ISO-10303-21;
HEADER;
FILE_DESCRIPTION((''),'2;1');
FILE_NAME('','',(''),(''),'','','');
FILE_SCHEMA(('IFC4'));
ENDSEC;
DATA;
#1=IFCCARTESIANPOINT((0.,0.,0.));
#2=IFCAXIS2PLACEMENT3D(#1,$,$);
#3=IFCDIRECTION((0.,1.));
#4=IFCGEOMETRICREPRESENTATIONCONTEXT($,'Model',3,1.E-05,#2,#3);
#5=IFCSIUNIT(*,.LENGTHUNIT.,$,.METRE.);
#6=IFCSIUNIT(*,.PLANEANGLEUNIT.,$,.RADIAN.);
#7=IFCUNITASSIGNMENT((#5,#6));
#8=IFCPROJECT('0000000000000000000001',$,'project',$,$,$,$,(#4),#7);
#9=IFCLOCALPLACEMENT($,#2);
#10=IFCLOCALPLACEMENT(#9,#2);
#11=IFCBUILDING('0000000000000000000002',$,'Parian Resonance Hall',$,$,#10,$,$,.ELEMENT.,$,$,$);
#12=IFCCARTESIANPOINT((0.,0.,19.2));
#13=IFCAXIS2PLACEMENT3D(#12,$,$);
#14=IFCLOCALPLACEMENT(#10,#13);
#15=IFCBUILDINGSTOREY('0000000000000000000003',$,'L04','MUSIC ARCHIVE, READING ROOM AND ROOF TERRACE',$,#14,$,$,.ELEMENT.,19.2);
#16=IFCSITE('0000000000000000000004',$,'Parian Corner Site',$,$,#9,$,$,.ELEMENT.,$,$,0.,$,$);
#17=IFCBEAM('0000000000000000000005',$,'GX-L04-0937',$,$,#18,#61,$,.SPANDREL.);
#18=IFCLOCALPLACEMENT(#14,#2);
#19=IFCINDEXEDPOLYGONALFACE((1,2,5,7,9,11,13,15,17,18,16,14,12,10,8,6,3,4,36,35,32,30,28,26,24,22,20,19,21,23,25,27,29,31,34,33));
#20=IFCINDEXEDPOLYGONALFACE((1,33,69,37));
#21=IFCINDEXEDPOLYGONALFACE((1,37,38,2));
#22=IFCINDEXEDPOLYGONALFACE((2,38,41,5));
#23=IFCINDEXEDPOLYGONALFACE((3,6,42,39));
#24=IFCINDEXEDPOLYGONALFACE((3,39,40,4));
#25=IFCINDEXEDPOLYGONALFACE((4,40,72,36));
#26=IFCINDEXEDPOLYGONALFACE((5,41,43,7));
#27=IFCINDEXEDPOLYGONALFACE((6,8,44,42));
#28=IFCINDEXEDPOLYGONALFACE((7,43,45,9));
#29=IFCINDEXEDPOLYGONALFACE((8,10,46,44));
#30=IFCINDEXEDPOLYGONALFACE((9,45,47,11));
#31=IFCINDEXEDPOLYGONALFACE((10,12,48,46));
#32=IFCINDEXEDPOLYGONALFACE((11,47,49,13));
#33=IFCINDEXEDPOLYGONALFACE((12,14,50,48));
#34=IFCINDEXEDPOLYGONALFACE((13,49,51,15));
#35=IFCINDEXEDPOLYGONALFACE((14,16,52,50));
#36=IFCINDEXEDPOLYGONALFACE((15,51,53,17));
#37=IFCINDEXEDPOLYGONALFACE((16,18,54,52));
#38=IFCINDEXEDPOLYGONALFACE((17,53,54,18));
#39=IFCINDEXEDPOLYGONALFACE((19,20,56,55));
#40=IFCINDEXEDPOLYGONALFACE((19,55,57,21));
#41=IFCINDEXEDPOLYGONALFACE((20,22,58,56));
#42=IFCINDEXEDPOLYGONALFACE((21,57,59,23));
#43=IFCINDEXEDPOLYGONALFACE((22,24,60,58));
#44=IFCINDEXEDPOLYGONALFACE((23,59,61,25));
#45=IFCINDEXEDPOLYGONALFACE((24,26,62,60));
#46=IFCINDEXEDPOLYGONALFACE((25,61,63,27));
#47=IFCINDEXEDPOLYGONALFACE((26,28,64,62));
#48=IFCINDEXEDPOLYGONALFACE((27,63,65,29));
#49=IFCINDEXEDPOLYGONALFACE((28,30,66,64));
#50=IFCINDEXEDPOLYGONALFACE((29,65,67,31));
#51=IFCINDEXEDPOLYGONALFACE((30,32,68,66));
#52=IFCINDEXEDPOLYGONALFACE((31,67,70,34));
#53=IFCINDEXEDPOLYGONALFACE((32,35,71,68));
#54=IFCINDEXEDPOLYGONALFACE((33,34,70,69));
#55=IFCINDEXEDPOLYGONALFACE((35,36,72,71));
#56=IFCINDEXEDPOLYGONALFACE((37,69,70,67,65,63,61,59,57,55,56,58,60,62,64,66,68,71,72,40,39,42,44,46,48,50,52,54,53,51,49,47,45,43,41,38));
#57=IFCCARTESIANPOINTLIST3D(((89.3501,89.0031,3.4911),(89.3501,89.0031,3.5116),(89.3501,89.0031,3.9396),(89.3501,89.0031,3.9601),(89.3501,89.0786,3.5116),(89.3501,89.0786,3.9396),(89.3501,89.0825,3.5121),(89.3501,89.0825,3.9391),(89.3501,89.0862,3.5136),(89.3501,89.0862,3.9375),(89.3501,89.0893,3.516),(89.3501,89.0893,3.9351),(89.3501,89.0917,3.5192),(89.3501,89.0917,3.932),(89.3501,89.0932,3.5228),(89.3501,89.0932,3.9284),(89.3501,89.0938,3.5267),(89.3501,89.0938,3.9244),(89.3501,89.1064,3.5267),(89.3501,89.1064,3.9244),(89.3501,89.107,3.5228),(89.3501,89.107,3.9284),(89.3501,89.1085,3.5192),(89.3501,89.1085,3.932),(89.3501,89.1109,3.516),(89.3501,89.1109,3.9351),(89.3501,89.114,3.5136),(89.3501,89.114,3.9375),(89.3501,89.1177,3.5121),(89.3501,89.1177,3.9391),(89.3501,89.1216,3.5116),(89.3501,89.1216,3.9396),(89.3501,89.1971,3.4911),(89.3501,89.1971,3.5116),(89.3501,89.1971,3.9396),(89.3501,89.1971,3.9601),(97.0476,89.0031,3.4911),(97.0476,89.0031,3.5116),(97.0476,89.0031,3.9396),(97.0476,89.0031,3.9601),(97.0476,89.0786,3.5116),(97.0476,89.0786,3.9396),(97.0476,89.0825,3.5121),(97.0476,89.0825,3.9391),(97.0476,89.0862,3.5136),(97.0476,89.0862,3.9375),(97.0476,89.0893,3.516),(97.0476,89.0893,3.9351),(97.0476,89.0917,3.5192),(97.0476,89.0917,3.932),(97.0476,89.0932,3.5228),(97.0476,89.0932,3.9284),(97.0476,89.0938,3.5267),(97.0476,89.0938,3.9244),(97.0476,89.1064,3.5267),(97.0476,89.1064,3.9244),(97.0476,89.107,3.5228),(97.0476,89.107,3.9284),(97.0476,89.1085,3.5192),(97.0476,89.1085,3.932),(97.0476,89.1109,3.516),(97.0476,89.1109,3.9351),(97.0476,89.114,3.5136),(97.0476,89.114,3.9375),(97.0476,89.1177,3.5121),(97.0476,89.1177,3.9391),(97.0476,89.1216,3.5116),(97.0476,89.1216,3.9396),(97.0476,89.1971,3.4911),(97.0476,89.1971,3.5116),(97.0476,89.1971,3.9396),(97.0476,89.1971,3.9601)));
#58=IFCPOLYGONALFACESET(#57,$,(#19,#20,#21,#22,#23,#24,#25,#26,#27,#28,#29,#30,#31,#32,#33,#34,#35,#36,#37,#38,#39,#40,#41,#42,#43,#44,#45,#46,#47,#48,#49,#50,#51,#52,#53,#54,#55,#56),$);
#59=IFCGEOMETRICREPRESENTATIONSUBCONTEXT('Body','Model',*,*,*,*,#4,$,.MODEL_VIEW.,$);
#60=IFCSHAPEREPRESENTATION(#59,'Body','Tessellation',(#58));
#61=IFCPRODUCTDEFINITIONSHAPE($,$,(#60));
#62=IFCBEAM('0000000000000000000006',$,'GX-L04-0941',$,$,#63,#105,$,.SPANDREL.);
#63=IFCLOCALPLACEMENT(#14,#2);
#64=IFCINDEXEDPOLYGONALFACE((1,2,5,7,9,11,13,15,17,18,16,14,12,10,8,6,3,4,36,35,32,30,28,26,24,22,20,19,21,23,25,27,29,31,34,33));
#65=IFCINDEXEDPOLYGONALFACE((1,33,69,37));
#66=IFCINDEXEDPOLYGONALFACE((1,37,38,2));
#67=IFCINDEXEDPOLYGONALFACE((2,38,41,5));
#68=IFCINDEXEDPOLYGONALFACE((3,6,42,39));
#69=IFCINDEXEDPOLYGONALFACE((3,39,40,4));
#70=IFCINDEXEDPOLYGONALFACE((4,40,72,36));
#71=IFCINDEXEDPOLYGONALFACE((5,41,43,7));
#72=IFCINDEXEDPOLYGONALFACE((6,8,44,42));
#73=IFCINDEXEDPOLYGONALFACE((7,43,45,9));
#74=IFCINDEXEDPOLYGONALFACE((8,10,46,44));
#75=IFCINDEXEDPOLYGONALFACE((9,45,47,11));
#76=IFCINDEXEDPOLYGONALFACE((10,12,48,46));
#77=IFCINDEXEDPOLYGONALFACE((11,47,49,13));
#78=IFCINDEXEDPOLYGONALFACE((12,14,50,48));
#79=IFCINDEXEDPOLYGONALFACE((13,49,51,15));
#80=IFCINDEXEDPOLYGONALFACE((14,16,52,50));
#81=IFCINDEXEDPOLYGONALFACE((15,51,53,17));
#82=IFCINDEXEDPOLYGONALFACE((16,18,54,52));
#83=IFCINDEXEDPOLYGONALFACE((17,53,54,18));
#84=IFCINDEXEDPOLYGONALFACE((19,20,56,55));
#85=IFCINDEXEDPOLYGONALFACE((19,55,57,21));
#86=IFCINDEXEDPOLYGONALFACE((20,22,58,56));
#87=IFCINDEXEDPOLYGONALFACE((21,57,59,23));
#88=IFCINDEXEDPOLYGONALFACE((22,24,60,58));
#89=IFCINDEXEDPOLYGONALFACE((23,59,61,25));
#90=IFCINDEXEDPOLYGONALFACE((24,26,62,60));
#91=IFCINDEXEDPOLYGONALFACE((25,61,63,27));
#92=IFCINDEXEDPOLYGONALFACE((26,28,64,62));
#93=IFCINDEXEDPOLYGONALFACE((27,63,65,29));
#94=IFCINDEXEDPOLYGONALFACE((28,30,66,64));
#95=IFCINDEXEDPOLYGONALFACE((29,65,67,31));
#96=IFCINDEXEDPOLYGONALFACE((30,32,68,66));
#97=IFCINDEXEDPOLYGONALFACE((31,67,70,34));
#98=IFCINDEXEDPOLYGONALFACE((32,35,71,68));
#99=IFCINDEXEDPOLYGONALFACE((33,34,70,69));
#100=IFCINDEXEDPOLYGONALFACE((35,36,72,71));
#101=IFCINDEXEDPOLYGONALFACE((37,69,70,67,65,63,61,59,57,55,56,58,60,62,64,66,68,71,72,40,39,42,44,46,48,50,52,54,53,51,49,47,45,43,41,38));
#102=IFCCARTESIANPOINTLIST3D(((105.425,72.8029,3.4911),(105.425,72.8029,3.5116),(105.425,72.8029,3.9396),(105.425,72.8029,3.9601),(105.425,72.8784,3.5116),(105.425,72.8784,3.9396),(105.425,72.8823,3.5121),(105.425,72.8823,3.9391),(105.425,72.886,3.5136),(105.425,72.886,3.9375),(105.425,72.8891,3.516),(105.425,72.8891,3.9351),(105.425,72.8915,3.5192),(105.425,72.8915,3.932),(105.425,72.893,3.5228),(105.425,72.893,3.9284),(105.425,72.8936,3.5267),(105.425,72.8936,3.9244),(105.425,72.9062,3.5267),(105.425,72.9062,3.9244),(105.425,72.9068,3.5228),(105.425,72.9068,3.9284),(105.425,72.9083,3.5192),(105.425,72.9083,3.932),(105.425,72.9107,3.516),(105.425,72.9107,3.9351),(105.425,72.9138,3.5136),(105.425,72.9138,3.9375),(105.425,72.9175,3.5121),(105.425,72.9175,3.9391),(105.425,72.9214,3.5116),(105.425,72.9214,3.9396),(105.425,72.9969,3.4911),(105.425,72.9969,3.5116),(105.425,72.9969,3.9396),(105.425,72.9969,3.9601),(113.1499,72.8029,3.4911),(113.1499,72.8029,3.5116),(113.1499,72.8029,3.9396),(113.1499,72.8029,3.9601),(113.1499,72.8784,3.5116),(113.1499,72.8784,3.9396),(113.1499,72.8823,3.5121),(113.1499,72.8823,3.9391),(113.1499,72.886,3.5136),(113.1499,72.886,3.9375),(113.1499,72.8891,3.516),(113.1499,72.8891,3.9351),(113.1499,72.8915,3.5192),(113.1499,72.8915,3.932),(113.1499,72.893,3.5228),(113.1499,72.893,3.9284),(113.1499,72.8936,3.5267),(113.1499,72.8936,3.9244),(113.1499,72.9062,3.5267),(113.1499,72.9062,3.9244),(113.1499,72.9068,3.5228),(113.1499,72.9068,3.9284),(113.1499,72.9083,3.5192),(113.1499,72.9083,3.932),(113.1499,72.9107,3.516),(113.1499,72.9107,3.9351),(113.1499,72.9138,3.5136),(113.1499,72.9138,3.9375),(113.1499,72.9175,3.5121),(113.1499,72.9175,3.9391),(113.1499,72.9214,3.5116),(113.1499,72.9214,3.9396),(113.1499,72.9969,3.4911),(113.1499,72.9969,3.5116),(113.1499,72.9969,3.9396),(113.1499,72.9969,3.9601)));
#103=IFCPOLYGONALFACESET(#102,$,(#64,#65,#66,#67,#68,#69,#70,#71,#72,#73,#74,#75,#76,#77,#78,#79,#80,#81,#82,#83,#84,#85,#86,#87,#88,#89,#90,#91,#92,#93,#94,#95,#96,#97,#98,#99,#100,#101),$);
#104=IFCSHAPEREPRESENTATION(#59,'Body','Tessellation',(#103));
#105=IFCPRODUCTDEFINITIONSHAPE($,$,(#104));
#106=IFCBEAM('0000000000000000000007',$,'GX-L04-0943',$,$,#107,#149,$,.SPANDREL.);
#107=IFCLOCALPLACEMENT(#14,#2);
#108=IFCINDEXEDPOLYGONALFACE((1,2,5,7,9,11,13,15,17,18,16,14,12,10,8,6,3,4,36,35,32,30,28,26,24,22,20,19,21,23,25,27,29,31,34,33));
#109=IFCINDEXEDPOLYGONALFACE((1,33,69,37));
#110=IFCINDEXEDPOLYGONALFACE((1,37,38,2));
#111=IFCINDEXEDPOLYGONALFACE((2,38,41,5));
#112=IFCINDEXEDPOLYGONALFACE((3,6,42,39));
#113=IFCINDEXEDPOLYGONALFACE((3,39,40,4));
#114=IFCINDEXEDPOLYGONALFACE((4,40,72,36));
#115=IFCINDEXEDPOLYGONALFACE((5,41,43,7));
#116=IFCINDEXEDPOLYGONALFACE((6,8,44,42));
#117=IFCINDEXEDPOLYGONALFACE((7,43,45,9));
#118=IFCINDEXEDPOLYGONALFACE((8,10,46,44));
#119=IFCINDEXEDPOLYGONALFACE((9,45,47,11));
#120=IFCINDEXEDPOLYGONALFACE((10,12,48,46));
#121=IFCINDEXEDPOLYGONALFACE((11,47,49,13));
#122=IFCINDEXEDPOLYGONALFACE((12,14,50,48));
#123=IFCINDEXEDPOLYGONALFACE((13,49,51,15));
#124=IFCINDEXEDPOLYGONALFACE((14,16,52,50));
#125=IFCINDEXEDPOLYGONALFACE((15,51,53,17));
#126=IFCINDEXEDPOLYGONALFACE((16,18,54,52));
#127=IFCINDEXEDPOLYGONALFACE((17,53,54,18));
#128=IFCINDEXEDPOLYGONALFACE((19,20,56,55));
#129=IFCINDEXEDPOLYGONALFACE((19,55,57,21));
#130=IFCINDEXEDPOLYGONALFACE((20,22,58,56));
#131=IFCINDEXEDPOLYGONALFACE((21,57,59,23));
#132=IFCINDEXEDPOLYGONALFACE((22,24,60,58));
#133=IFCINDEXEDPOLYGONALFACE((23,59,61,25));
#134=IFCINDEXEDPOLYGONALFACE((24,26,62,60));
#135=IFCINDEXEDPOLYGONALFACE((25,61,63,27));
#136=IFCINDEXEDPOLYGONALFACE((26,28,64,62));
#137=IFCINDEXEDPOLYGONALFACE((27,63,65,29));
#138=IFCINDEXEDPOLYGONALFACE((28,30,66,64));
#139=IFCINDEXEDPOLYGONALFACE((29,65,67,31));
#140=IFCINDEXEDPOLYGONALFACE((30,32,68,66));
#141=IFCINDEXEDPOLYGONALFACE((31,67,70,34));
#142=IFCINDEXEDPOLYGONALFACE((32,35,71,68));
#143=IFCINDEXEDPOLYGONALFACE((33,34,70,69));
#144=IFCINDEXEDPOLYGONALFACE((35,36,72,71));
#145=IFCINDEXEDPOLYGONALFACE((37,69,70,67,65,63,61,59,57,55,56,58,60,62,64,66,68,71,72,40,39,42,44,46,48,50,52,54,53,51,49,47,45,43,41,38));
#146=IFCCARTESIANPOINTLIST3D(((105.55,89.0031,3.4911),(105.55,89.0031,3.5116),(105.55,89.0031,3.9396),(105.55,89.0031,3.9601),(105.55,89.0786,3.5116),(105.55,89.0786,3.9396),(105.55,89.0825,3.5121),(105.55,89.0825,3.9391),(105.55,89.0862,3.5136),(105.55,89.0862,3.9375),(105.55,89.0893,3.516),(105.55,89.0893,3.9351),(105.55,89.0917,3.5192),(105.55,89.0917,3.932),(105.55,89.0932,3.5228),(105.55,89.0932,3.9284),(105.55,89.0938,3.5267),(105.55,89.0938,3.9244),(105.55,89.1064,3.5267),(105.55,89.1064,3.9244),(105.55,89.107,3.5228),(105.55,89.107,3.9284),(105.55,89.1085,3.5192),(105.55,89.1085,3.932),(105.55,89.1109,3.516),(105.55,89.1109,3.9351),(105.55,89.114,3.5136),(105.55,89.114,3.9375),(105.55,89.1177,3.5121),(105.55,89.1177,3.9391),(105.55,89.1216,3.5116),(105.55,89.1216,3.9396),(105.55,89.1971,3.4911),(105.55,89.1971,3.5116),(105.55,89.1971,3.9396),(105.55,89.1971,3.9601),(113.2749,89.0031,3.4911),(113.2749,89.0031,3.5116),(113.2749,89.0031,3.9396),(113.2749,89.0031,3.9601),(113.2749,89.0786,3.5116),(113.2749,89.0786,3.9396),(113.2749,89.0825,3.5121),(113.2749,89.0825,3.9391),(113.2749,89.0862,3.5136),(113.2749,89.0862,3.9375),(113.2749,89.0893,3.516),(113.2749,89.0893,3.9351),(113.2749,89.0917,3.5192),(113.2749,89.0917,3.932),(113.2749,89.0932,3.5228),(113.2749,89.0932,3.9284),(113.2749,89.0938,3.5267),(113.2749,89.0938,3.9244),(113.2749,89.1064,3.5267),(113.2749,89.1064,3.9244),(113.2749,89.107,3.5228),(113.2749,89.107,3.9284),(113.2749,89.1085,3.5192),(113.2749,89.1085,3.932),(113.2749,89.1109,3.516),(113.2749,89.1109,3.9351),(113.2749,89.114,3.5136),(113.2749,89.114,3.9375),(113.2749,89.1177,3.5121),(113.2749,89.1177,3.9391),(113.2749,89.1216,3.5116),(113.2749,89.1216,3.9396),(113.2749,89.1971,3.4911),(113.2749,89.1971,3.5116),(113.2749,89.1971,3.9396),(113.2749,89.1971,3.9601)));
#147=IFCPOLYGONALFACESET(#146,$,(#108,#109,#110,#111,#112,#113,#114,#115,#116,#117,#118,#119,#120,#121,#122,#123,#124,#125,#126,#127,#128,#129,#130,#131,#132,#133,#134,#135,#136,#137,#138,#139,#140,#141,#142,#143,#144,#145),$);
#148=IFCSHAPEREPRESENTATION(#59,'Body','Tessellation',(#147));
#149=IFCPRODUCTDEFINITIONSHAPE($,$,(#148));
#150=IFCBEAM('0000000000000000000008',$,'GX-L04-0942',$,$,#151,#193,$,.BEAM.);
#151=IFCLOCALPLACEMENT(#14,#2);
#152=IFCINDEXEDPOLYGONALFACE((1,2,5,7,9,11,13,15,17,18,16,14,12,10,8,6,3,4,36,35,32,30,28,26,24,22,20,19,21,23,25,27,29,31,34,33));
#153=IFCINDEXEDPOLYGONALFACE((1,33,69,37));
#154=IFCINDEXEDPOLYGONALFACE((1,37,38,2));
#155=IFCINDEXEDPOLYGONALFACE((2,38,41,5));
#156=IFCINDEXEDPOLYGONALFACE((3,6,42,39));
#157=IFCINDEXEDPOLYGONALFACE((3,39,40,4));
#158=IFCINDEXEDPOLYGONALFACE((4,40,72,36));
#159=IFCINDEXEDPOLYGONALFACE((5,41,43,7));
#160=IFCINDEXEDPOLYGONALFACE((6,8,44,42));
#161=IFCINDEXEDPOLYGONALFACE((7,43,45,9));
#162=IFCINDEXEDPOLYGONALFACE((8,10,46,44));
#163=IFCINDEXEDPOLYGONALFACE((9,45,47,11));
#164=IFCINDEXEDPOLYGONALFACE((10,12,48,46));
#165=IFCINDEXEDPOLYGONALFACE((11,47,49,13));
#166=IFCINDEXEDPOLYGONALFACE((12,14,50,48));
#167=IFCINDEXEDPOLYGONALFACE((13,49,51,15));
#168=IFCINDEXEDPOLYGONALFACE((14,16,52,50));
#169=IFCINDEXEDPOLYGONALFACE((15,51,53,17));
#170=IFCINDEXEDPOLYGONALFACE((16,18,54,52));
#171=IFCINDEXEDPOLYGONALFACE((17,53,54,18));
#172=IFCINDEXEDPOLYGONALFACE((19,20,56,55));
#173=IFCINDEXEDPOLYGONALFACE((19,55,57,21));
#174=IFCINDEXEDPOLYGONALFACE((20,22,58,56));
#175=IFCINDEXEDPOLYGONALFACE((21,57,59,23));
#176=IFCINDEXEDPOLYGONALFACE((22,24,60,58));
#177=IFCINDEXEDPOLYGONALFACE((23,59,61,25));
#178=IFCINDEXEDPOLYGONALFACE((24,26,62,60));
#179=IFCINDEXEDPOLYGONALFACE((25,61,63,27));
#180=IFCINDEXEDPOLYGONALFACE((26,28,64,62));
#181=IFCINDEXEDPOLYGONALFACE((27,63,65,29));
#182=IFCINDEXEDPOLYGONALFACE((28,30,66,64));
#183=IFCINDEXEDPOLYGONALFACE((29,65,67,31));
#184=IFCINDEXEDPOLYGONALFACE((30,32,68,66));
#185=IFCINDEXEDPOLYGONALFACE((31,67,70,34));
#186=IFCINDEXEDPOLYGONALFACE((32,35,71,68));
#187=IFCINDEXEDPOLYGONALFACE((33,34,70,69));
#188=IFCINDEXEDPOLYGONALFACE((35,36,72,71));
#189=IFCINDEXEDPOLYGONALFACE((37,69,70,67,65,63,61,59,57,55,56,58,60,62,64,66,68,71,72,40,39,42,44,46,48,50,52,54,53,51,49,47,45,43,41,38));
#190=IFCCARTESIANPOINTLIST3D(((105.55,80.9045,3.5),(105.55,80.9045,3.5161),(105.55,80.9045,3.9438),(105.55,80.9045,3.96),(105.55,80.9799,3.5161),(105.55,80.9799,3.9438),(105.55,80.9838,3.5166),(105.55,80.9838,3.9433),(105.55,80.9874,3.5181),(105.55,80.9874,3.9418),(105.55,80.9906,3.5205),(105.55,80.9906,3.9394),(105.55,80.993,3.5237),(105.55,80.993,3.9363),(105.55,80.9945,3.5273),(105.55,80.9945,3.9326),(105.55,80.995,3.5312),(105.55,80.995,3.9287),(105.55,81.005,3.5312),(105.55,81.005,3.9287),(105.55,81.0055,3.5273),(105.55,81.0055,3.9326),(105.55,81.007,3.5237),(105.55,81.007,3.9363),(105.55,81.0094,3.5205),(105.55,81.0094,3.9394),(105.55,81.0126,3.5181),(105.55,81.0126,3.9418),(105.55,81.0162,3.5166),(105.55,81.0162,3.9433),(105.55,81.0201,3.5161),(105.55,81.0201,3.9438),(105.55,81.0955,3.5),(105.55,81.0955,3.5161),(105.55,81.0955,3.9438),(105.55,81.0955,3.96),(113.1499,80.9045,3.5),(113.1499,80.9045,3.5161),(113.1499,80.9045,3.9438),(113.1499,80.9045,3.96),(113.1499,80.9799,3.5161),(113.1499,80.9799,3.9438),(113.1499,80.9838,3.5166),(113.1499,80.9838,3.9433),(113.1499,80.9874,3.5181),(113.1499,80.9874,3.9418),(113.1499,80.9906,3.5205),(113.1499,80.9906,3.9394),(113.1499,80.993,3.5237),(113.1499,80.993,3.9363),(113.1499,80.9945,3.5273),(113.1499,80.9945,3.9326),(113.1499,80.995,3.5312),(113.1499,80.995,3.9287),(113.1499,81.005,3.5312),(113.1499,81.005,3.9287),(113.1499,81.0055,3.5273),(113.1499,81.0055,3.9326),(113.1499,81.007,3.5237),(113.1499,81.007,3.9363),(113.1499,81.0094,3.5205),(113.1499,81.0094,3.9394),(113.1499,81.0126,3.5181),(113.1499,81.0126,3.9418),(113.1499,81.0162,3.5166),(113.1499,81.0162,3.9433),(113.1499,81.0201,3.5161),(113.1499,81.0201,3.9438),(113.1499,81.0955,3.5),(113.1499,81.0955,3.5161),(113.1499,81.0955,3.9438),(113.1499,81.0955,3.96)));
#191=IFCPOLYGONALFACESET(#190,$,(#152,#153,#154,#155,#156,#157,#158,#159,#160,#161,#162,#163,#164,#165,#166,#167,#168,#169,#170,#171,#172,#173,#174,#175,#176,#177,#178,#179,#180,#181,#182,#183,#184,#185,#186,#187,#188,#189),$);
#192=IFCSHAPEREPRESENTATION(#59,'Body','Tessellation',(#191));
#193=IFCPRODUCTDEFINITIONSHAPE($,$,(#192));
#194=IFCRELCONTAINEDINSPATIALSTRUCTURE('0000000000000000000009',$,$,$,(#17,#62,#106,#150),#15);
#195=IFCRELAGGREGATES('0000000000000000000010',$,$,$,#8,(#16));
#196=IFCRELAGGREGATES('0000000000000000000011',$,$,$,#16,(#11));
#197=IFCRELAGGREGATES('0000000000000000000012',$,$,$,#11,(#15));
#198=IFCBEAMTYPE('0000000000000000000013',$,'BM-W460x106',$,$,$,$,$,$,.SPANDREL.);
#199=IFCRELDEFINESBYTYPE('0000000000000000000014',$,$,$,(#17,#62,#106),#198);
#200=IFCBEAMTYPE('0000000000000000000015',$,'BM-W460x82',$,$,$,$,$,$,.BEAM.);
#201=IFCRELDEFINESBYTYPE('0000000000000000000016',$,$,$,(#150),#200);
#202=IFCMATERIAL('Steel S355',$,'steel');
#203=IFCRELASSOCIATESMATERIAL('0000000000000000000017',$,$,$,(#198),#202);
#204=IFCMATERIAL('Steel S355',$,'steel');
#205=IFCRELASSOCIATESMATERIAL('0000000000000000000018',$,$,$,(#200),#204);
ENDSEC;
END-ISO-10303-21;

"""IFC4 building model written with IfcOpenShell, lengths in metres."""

from ifc_helpers import new_model, si_unit, direction, frame, origin, origin_2d, place, context, subcontext, project, spatial, i_section, extrude, material, material_profile, profile_set, type_object, element, save


model = new_model("IFC4")

# Units and contexts
model_context = context("Model", 3, precision=1e-05, world=origin(), true_north=direction((0.0, 1.0)))
body_context = subcontext(model_context, "Body", "Model", "MODEL_VIEW")
ifc_project = project(units=[si_unit("LENGTHUNIT", "METRE"), si_unit("PLANEANGLEUNIT", "RADIAN")], contexts=[model_context])

# Site, building, storey
site_placement = place(None, origin())
site = spatial("IfcSite", under=ifc_project, at=site_placement, Name="Parian Corner Site", CompositionType="ELEMENT", RefElevation=0.0)
building_placement = place(site_placement, origin())
building = spatial("IfcBuilding", under=site, at=building_placement, Name="Parian Resonance Hall", CompositionType="ELEMENT")
storey_placement = place(building_placement, frame((0.0, 0.0, 19.2)))
storey = spatial("IfcBuildingStorey", under=building, at=storey_placement, Name="L04", Description="MUSIC ARCHIVE, READING ROOM AND ROOF TERRACE", CompositionType="ELEMENT", Elevation=19.2)

# Beams
ifc_material_1 = material(Name="Steel S355", Category="steel")
ifc_material_profile_1 = material_profile(ifc_material_1, i_section(OverallWidth=0.1941, OverallDepth=0.469, WebThickness=0.0127, FlangeThickness=0.0205, FilletRadius=0.0151, at=origin_2d()), Name="W460x106")
ifc_profile_set_1 = profile_set([ifc_material_profile_1], Name="Steel S355")
beam_type_1 = type_object("IfcBeamType", Name="BM-W460x106", PredefinedType="SPANDREL", material=ifc_profile_set_1)
beam_1_placement = place(storey_placement, frame((89.3501, 89.1001, 3.7256), z_axis=(1.0, 0.0, 0.0), x_axis=(0.0, 1.0, 0.0)))
element("IfcBeam", 1, at=beam_1_placement, inside=storey, type_object=beam_type_1, Name="GX-L04-0937", PredefinedType="SPANDREL", context=body_context, shape_type="SweptSolid", body=[
    extrude(i_section(OverallWidth=0.1941, OverallDepth=0.469, WebThickness=0.0127, FlangeThickness=0.0205, FilletRadius=0.0151, at=origin_2d()), origin(), (0.0, 0.0, 1.0), 7.6975),
])
for number, where, z_axis, x_axis, name in (
    (2, (105.425, 72.8999, 3.7256), (1.0, 0.0, 0.0), (0.0, 1.0, 0.0), "GX-L04-0941"),
    (3, (105.55, 89.1001, 3.7256), (1.0, 0.0, 0.0), (0.0, 1.0, 0.0), "GX-L04-0943"),
):
    element("IfcBeam", number, at=place(storey_placement, frame(where, z_axis=z_axis, x_axis=x_axis)), inside=storey, type_object=beam_type_1, Name=name, PredefinedType="SPANDREL", context=body_context, shape_type="SweptSolid", body=[
        extrude(i_section(OverallWidth=0.1941, OverallDepth=0.469, WebThickness=0.0127, FlangeThickness=0.0205, FilletRadius=0.0151, at=origin_2d()), origin(), (0.0, 0.0, 1.0), 7.7249),
    ])
ifc_material_2 = material(Name="Steel S355", Category="steel")
ifc_material_profile_2 = material_profile(ifc_material_2, i_section(OverallWidth=0.1909, OverallDepth=0.46, WebThickness=0.01, FlangeThickness=0.0161, FilletRadius=0.0151, at=origin_2d()), Name="W460x82")
ifc_profile_set_2 = profile_set([ifc_material_profile_2], Name="Steel S355")
beam_type_2 = type_object("IfcBeamType", Name="BM-W460x82", PredefinedType="BEAM", material=ifc_profile_set_2)
beam_2_placement = place(storey_placement, frame((105.55, 81.0, 3.73), z_axis=(1.0, 0.0, 0.0), x_axis=(0.0, 1.0, 0.0)))
element("IfcBeam", 4, at=beam_2_placement, inside=storey, type_object=beam_type_2, Name="GX-L04-0942", PredefinedType="BEAM", context=body_context, shape_type="SweptSolid", body=[
    extrude(i_section(OverallWidth=0.1909, OverallDepth=0.46, WebThickness=0.01, FlangeThickness=0.0161, FilletRadius=0.0151, at=origin_2d()), origin(), (0.0, 0.0, 1.0), 7.5999),
])

save(model, "model.ifc")
